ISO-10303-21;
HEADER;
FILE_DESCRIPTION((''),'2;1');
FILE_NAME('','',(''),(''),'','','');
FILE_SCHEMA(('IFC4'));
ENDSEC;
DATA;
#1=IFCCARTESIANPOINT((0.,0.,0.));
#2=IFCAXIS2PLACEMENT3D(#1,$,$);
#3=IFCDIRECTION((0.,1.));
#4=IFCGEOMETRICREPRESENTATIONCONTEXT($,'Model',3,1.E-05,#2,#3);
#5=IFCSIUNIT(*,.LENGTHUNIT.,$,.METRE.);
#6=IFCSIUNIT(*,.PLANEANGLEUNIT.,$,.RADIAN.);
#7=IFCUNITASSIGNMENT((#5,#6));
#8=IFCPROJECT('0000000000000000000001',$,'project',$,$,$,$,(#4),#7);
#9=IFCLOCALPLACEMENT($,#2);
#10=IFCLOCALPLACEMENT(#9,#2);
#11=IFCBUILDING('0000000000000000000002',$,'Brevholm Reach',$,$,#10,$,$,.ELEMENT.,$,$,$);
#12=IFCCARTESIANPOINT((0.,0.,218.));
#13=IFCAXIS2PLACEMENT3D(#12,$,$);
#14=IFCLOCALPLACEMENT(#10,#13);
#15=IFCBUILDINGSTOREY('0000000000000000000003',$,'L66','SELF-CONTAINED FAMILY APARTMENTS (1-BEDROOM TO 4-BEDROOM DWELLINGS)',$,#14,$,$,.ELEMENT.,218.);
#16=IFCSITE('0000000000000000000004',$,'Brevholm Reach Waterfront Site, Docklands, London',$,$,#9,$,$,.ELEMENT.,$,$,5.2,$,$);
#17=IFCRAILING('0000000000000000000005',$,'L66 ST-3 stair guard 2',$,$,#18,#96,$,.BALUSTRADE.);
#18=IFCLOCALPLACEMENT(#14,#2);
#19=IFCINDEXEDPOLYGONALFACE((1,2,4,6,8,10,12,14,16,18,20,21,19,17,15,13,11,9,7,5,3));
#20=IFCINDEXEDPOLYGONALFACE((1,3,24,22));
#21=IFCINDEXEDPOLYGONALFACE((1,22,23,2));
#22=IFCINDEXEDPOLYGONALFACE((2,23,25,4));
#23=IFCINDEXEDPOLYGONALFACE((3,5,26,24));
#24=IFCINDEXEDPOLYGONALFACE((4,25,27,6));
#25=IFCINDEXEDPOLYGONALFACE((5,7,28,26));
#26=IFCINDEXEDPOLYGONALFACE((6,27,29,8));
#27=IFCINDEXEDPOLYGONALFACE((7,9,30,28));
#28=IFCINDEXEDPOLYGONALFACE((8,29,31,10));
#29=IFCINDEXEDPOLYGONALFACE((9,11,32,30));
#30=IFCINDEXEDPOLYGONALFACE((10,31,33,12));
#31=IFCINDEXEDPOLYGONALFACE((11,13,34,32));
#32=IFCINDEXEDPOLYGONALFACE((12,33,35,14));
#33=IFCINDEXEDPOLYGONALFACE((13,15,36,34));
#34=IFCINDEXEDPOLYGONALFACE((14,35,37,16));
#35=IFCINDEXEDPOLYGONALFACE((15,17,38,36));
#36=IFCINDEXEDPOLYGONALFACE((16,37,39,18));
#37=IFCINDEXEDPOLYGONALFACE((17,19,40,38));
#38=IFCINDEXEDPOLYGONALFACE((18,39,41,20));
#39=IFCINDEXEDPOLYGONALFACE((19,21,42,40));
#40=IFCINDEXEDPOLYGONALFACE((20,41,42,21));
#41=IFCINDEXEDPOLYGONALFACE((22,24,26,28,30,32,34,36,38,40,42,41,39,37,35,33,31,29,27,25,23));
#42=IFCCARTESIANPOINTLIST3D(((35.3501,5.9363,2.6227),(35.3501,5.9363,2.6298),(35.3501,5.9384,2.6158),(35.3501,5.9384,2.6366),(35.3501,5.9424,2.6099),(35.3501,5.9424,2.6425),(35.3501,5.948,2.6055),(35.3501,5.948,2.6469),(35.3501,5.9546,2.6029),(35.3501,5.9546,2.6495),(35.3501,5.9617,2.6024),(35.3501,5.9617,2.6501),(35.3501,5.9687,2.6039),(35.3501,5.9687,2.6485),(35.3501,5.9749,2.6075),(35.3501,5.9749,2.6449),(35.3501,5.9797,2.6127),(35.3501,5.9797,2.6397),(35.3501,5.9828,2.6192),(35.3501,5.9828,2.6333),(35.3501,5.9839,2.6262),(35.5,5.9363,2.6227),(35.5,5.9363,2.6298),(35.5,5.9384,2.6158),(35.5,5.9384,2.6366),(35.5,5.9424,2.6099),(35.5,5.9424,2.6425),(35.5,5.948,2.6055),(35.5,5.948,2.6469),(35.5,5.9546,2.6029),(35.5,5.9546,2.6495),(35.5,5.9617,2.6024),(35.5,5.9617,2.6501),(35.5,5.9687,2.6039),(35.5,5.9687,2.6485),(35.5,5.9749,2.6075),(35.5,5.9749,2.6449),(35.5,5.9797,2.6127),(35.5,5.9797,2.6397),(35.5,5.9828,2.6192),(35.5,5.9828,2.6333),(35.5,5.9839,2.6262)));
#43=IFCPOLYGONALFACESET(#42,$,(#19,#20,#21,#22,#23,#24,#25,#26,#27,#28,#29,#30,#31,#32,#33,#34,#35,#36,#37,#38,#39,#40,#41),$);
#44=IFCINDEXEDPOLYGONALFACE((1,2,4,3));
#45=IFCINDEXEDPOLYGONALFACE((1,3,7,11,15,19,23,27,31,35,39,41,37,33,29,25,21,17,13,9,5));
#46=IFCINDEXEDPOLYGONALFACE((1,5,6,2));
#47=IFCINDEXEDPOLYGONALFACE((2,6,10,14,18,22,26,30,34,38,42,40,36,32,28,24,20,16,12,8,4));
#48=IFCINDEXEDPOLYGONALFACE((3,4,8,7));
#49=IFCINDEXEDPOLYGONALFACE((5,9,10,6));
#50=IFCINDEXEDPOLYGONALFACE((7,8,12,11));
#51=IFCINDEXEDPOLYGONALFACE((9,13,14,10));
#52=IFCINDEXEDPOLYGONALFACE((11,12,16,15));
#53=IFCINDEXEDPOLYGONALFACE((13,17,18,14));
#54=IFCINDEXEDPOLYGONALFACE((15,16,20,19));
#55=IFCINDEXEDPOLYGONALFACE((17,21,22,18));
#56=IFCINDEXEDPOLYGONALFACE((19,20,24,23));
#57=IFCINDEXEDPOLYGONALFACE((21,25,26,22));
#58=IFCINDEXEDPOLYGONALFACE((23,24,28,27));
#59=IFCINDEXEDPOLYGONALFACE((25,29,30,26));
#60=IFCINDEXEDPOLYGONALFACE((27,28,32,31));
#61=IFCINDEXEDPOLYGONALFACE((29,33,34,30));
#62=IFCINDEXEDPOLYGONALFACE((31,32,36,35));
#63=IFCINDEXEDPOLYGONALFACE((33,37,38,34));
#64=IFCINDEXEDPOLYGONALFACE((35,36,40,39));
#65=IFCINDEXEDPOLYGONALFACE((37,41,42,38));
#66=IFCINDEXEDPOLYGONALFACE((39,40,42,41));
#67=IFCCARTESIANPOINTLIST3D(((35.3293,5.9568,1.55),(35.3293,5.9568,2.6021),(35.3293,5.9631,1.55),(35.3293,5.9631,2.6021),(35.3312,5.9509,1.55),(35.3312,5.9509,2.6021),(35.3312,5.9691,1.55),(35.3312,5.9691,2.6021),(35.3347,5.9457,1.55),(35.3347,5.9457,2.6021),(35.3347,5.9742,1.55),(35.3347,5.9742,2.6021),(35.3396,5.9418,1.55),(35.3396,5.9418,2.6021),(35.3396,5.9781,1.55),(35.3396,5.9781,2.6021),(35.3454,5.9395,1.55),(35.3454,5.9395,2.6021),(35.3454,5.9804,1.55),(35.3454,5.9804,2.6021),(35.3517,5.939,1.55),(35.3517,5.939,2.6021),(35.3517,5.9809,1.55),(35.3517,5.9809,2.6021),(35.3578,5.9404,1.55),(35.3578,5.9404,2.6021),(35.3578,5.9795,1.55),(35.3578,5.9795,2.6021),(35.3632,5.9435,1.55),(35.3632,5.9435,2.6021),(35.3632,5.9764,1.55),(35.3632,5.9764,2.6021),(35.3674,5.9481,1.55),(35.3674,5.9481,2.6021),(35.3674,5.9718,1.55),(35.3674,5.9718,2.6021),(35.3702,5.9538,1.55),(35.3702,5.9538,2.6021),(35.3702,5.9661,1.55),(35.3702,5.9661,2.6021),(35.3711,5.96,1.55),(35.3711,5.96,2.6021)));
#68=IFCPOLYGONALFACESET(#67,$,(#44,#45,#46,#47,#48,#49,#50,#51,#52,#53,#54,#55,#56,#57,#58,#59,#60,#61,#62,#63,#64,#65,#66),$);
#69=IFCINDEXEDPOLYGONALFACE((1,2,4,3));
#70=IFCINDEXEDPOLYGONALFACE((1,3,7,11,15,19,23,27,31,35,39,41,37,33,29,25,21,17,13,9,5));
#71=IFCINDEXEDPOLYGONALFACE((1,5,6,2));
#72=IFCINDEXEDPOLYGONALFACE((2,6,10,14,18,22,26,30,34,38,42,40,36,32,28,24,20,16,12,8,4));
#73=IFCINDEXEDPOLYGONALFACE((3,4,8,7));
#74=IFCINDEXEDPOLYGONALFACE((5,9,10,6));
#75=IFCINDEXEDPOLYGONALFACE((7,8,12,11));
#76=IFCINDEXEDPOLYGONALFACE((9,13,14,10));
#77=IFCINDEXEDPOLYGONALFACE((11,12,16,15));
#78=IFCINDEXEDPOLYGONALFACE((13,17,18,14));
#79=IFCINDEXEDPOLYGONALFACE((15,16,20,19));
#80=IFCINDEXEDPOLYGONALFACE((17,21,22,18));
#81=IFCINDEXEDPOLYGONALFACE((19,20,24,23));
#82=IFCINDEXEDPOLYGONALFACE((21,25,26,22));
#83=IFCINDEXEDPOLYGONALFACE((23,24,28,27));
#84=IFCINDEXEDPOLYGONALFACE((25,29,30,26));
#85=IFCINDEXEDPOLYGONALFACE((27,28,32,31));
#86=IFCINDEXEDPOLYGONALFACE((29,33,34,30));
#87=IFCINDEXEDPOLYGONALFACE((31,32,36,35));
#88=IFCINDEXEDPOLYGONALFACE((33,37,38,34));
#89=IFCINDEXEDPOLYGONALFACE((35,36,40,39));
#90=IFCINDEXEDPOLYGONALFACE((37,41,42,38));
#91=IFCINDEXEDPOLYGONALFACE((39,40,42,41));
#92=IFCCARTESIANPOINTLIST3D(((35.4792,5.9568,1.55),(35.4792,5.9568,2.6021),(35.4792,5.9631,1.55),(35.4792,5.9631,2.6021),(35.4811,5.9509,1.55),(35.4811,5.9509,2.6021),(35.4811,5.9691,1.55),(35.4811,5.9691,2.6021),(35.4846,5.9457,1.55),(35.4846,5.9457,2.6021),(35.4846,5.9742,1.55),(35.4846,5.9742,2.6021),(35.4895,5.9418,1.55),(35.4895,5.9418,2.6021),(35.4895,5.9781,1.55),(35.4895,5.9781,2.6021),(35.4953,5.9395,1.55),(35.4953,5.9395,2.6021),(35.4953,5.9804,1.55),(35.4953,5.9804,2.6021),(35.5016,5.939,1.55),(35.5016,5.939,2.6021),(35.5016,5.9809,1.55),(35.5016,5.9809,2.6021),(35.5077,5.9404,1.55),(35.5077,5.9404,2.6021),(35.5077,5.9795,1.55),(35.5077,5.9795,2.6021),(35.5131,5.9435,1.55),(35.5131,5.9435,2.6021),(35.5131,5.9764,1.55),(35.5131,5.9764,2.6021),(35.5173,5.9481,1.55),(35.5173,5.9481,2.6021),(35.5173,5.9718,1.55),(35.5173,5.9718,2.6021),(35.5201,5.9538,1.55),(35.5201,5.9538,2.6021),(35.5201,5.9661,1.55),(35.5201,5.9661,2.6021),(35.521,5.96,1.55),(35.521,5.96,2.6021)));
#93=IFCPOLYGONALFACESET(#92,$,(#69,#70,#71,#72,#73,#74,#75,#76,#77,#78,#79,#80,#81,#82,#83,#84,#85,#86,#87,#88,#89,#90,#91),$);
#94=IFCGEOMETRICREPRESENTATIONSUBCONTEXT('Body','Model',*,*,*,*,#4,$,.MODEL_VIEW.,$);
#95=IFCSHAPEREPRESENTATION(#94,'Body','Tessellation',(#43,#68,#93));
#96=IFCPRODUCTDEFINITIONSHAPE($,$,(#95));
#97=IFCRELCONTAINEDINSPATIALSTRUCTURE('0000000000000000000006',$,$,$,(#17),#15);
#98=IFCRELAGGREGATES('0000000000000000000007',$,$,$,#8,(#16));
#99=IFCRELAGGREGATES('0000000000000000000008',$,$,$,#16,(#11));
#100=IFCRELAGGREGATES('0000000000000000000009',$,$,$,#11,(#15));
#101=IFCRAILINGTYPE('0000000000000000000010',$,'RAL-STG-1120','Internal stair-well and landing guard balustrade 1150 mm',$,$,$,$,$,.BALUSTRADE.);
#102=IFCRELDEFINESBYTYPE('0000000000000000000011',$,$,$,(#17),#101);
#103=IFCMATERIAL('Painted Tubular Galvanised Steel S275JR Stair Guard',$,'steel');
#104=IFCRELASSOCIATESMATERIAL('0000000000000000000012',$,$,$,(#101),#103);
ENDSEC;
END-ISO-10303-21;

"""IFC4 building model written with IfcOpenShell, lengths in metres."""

from ifc_helpers import new_model, si_unit, direction, frame, origin, origin_2d, place, context, subcontext, project, spatial, circle, extrude, material, type_object, element, save


model = new_model("IFC4")

# Units and contexts
model_context = context("Model", 3, precision=1e-05, world=origin(), true_north=direction((0.0, 1.0)))
body_context = subcontext(model_context, "Body", "Model", "MODEL_VIEW")
ifc_project = project(units=[si_unit("LENGTHUNIT", "METRE"), si_unit("PLANEANGLEUNIT", "RADIAN")], contexts=[model_context])

# Site, building, storey
site_placement = place(None, origin())
site = spatial("IfcSite", under=ifc_project, at=site_placement, Name="Brevholm Reach Waterfront Site, Docklands, London", CompositionType="ELEMENT", RefElevation=5.2)
building_placement = place(site_placement, origin())
building = spatial("IfcBuilding", under=site, at=building_placement, Name="Brevholm Reach", CompositionType="ELEMENT")
storey_placement = place(building_placement, frame((0.0, 0.0, 218.0)))
storey = spatial("IfcBuildingStorey", under=building, at=storey_placement, Name="L66", Description="SELF-CONTAINED FAMILY APARTMENTS (1-BEDROOM TO 4-BEDROOM DWELLINGS)", CompositionType="ELEMENT", Elevation=218.0)

# Railing
ifc_material_1 = material(Name="Painted Tubular Galvanised Steel S275JR Stair Guard", Category="steel")
railing_type_1 = type_object("IfcRailingType", Name="RAL-STG-1120", Description="Internal stair-well and landing guard balustrade 1150 mm", PredefinedType="BALUSTRADE", material=ifc_material_1)
railing_1_placement = place(storey_placement, frame((35.3501, 5.96, 1.55)))
element("IfcRailing", 1, at=railing_1_placement, inside=storey, type_object=railing_type_1, Name="L66 ST-3 stair guard 2", PredefinedType="BALUSTRADE", context=body_context, shape_type="SweptSolid", body=[
    extrude(circle(Radius=0.0239, at=origin_2d()), frame((0.0, 0.0, 1.0762), z_axis=(1.0, 0.0, 0.0), x_axis=(0.0, 1.0, 0.0)), (0.0, 0.0, 1.0), 0.1499),
    extrude(circle(Radius=0.021, at=origin_2d()), origin(), (0.0, 0.0, 1.0), 1.052),
    extrude(circle(Radius=0.021, at=origin_2d()), frame((0.1499, 0.0, 0.0)), (0.0, 0.0, 1.0), 1.052),
])

save(model, "model.ifc")
